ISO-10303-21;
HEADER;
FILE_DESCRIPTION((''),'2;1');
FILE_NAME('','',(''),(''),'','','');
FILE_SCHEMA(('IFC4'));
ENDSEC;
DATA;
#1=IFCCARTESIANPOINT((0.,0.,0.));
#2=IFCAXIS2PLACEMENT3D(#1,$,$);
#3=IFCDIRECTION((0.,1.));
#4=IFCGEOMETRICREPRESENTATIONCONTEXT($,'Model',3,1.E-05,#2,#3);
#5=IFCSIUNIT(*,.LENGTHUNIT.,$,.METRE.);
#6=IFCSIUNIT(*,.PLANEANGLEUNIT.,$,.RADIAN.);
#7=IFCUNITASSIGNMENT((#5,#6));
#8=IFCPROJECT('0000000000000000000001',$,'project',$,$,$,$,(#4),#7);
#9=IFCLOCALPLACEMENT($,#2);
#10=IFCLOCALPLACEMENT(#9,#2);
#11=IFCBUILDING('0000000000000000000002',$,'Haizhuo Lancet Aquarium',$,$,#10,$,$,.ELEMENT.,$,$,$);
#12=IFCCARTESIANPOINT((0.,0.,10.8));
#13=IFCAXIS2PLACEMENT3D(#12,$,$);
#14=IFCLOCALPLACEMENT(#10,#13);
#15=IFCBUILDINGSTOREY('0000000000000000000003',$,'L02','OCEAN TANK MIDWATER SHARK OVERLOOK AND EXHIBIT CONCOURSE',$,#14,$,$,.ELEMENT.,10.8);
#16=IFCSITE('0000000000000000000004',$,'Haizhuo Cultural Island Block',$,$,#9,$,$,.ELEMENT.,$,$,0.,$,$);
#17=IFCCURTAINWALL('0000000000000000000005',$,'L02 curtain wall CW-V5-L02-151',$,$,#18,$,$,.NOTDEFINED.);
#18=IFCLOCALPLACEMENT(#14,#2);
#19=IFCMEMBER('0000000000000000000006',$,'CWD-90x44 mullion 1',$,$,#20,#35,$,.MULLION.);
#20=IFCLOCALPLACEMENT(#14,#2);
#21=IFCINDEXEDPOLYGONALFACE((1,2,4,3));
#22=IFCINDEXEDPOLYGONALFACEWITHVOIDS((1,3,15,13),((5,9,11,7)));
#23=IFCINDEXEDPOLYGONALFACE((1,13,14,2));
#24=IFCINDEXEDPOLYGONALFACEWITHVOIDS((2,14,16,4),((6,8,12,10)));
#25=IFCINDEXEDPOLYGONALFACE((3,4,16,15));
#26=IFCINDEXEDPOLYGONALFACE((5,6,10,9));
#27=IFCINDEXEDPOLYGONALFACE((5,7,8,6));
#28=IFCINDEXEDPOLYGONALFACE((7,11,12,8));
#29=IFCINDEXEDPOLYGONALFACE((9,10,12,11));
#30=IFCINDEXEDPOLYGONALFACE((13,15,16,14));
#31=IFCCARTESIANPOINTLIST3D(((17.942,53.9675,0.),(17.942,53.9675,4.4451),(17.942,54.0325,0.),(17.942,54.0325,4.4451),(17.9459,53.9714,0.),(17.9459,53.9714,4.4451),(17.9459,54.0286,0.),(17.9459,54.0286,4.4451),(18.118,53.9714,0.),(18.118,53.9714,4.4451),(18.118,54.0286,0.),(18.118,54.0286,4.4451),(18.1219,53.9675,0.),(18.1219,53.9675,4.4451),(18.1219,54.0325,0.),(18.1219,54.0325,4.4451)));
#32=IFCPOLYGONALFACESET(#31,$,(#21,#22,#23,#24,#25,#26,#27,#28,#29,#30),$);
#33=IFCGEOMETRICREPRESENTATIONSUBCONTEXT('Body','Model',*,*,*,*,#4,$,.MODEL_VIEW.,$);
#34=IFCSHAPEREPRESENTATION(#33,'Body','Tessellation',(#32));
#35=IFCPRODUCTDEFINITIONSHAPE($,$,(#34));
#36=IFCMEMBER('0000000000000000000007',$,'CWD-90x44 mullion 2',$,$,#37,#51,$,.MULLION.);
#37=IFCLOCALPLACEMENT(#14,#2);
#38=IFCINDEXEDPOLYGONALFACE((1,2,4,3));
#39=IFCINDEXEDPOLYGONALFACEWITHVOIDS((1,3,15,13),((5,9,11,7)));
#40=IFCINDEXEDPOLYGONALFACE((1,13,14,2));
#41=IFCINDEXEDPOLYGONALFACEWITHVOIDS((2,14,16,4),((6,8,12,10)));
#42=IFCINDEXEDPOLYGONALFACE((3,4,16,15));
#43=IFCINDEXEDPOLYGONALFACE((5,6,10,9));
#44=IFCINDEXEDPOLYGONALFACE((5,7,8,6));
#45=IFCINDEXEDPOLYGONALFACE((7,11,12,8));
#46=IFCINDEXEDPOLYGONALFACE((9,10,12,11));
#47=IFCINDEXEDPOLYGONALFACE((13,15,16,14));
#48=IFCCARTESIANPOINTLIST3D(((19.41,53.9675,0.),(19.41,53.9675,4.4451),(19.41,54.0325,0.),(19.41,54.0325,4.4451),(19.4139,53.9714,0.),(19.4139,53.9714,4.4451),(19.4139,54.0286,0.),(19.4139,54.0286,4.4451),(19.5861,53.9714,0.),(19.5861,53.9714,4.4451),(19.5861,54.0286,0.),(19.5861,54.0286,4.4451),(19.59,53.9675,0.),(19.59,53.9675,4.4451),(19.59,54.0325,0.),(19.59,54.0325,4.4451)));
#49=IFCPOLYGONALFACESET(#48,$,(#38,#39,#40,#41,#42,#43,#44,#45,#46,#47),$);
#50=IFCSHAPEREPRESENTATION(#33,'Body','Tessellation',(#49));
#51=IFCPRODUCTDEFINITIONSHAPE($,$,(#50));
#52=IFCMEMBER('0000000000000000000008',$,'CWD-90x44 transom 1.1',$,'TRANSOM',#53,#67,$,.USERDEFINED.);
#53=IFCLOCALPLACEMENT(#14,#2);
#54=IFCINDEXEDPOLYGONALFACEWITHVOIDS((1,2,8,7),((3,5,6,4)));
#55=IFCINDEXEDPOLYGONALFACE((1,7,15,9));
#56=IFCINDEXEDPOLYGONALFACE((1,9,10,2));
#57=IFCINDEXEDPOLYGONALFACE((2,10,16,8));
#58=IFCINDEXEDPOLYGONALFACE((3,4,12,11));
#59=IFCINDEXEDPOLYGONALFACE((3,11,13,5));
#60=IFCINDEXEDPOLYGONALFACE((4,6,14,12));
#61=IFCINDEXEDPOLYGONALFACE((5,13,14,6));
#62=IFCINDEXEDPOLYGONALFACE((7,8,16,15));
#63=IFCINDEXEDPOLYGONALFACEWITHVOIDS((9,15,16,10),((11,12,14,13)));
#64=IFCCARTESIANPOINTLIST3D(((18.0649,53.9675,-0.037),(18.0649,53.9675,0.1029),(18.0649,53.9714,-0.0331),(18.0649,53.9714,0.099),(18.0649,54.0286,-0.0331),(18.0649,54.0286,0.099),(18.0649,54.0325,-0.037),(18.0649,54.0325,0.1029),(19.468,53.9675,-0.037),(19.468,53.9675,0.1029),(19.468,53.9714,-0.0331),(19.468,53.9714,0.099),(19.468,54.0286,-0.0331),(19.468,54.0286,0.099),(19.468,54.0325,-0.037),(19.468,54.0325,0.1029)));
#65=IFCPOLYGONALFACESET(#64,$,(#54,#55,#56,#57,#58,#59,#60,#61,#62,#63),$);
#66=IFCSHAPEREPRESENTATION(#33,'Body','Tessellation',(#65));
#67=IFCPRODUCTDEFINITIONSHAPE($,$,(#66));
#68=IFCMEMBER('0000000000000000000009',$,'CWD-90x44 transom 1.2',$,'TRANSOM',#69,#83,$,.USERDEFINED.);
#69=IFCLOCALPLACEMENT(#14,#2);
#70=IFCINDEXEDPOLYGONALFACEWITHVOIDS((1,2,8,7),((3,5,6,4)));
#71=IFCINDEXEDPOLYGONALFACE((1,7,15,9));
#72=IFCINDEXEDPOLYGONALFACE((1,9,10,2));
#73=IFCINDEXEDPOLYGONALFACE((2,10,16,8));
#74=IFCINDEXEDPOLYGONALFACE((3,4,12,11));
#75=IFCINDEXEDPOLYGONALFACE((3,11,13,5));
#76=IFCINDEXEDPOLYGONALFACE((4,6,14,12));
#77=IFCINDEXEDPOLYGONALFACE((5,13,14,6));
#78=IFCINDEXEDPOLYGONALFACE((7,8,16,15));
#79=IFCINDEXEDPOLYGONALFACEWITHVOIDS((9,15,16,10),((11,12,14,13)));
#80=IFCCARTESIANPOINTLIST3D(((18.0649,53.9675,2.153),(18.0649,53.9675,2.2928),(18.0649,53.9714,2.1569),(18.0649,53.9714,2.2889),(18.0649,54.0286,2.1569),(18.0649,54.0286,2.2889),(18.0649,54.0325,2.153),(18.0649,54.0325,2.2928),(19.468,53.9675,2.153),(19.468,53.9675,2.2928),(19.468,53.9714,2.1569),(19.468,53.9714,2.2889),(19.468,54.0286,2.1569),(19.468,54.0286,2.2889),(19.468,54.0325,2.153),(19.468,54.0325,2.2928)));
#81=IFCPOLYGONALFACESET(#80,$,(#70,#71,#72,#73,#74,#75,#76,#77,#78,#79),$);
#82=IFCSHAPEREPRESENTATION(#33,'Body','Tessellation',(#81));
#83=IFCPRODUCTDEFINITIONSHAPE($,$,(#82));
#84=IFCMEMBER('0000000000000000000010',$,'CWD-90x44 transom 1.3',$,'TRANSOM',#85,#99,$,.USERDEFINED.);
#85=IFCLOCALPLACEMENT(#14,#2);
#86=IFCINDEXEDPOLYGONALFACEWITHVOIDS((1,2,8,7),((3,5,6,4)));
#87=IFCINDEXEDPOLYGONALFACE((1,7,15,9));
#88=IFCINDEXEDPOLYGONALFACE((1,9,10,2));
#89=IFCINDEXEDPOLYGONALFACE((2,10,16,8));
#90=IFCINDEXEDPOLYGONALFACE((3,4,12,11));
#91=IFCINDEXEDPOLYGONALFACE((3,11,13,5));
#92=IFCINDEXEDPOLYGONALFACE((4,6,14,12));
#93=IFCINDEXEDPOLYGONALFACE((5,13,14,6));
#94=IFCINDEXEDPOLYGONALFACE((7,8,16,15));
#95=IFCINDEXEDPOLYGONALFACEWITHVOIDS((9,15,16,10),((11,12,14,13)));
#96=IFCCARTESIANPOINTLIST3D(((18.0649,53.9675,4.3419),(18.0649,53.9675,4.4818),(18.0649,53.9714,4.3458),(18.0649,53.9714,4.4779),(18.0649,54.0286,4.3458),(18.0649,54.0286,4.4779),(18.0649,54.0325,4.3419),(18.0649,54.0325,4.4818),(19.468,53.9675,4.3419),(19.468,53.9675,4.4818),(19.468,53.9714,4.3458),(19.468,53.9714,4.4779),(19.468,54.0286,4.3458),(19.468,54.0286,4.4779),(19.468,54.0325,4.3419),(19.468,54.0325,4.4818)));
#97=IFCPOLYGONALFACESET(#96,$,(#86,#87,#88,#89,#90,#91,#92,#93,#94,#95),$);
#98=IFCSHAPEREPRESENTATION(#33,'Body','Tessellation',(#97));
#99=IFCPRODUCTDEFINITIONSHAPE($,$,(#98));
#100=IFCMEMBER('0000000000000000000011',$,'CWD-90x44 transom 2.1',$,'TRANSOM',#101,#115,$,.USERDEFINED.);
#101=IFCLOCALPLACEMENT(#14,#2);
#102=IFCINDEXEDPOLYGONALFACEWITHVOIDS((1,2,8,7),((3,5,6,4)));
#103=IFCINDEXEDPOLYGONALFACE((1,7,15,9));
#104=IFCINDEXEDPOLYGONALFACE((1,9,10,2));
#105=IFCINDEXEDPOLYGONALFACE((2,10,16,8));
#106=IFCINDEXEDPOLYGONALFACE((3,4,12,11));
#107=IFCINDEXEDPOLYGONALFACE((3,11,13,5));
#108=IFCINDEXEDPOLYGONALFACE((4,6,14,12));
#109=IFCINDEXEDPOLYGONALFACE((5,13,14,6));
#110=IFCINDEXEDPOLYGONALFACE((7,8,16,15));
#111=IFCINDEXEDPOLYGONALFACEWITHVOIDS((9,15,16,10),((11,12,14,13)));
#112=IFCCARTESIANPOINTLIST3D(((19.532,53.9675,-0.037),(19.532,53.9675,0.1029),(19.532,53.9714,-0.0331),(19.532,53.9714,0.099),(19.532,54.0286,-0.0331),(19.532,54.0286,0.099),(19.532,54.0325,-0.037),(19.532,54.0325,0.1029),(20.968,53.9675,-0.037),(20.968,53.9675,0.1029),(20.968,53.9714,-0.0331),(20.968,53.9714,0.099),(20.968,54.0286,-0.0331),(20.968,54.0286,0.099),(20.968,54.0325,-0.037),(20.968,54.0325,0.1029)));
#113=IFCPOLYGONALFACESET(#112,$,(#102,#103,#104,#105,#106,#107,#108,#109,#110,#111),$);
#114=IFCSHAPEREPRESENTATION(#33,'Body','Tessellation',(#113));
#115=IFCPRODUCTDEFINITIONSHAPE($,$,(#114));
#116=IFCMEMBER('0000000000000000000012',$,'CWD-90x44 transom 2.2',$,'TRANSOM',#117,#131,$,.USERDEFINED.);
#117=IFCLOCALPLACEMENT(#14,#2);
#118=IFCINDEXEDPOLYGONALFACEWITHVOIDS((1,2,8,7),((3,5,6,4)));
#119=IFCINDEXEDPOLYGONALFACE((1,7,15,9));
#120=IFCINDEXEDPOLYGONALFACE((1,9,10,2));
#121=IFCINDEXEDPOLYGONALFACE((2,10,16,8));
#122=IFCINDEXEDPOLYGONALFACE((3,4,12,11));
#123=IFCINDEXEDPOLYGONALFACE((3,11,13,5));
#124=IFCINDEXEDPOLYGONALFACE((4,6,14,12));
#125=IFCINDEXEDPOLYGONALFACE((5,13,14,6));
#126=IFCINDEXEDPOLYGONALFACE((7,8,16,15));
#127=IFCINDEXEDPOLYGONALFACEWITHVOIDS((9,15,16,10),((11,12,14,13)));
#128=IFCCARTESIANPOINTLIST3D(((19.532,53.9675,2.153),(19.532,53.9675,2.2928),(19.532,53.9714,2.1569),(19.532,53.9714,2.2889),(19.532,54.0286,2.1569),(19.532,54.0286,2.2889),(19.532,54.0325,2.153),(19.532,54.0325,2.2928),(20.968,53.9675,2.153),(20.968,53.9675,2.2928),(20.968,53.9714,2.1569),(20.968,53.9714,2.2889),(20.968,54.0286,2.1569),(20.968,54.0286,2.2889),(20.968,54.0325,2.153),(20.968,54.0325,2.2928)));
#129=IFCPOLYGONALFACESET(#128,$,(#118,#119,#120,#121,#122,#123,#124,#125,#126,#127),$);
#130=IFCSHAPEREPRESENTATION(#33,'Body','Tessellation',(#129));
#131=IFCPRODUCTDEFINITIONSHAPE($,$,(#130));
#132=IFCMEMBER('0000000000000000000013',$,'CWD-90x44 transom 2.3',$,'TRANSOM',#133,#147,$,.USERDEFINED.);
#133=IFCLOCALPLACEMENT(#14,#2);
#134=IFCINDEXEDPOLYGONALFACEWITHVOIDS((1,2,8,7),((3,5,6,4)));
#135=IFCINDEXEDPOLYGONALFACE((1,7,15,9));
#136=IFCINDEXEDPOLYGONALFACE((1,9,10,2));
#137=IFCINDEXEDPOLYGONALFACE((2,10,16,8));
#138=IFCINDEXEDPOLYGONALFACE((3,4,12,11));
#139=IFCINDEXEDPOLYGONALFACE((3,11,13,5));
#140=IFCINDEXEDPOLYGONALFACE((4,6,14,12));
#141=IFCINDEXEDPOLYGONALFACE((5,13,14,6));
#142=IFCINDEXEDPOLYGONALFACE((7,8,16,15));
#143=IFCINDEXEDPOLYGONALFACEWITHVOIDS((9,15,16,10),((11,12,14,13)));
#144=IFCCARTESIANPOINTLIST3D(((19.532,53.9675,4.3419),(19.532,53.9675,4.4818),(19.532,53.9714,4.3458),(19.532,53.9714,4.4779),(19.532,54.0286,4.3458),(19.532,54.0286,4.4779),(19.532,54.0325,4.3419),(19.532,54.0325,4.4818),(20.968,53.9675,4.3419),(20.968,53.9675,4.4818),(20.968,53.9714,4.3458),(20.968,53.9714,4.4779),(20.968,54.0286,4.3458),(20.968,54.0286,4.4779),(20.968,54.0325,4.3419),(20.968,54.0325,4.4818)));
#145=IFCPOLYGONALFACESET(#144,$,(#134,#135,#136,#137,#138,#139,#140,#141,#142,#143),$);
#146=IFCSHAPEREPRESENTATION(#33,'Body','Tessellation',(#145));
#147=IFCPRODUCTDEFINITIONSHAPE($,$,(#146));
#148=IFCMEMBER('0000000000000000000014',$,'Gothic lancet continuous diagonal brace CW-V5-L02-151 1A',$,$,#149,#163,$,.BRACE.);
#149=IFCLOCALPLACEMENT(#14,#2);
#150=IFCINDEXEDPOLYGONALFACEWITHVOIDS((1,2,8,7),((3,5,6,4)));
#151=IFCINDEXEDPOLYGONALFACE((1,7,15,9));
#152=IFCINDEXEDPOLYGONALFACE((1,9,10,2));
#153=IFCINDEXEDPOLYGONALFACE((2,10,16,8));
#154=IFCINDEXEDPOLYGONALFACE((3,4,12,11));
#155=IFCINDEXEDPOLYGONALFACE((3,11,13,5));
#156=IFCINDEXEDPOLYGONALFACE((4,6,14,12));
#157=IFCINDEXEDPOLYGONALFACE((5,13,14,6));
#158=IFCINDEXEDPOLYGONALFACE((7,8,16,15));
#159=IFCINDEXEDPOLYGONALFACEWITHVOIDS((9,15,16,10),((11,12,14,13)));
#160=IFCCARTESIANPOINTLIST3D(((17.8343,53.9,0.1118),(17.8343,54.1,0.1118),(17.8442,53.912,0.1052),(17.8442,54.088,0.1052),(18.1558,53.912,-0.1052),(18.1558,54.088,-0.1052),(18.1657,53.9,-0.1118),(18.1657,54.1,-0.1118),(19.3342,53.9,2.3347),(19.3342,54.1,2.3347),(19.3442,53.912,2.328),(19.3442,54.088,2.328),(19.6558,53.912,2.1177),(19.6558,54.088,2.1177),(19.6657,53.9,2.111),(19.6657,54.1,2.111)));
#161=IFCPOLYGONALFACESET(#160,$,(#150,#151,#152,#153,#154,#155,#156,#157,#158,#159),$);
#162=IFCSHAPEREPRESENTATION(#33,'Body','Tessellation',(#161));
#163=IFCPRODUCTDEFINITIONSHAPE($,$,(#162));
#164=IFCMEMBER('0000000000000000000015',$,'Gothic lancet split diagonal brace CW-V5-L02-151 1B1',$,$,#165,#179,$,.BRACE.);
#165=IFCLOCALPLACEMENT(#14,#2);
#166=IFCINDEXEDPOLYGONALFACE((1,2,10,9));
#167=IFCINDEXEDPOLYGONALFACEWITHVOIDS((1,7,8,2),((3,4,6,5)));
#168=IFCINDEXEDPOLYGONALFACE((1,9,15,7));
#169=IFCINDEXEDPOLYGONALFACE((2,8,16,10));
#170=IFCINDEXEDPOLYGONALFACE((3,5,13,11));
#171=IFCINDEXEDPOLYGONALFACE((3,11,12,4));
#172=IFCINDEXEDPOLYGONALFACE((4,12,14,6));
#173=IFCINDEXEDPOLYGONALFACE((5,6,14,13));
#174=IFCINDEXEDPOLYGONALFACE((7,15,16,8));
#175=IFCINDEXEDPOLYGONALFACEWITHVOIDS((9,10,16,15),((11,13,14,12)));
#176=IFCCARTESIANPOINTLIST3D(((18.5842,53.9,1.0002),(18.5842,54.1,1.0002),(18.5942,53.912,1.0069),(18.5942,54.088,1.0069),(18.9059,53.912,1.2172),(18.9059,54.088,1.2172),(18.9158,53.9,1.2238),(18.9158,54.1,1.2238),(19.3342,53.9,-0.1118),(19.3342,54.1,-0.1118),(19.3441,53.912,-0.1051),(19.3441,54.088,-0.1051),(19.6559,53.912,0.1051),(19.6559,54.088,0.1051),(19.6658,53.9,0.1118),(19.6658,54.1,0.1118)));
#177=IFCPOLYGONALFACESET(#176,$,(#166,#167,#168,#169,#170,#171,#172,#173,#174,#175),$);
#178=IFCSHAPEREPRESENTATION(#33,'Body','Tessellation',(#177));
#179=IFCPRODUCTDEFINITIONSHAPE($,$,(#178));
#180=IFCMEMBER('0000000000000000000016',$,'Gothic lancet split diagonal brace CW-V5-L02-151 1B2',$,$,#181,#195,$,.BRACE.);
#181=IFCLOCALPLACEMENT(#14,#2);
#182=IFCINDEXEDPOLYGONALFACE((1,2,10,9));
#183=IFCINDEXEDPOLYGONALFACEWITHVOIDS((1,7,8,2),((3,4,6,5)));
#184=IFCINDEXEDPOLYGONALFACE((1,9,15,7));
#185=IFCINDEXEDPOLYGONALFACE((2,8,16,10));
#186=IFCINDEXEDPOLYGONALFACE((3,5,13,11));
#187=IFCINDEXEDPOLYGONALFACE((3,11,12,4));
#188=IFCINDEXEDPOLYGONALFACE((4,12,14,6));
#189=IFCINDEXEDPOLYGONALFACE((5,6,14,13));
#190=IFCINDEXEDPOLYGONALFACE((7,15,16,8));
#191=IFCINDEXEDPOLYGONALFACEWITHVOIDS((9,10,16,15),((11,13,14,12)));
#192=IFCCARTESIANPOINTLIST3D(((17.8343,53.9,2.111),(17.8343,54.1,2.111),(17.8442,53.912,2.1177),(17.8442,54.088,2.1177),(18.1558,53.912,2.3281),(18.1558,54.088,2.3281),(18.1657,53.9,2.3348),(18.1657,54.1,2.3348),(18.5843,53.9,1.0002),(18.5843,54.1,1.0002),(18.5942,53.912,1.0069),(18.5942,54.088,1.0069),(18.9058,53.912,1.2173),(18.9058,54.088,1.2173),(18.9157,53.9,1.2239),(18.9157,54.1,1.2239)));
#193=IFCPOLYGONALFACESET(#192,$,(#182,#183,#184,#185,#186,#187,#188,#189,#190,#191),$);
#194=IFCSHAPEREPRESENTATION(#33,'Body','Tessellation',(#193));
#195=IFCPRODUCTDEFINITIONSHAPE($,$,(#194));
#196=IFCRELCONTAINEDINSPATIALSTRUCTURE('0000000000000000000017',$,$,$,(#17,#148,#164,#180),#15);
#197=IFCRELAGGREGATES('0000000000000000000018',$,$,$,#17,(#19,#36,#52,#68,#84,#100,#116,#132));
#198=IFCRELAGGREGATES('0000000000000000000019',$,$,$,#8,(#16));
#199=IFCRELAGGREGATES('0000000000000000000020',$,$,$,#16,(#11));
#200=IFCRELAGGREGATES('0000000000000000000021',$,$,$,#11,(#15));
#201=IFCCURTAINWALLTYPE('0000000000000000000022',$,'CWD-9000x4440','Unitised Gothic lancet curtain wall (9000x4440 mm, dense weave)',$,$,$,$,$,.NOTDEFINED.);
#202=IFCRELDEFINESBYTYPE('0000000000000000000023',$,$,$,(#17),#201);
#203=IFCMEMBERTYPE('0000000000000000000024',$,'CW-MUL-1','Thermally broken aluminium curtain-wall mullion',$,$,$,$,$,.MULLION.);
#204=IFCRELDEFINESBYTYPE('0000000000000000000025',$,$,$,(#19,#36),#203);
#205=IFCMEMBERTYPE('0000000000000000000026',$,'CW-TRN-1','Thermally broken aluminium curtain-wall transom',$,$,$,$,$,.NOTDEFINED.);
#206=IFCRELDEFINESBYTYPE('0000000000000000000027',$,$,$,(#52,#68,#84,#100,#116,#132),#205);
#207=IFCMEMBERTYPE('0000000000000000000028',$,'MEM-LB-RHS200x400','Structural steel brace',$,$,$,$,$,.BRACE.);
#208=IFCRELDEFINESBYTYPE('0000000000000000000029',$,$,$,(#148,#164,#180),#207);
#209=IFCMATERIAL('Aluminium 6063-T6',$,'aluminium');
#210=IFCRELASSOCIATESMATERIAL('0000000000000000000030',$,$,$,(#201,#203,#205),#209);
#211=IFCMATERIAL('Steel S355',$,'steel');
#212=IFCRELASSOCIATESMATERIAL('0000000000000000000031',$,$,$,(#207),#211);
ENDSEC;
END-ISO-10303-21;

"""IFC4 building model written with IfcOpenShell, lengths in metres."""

from ifc_helpers import new_model, si_unit, direction, frame, origin, origin_2d, place, context, subcontext, project, spatial, hollow_rectangle, extrude, material, material_profile, profile_set, type_object, element, aggregate, save


model = new_model("IFC4")

# Units and contexts
model_context = context("Model", 3, precision=1e-05, world=origin(), true_north=direction((0.0, 1.0)))
body_context = subcontext(model_context, "Body", "Model", "MODEL_VIEW")
ifc_project = project(units=[si_unit("LENGTHUNIT", "METRE"), si_unit("PLANEANGLEUNIT", "RADIAN")], contexts=[model_context])

# Site, building, storey
site_placement = place(None, origin())
site = spatial("IfcSite", under=ifc_project, at=site_placement, Name="Haizhuo Cultural Island Block", CompositionType="ELEMENT", RefElevation=0.0)
building_placement = place(site_placement, origin())
building = spatial("IfcBuilding", under=site, at=building_placement, Name="Haizhuo Lancet Aquarium", CompositionType="ELEMENT")
storey_placement = place(building_placement, frame((0.0, 0.0, 10.8)))
storey = spatial("IfcBuildingStorey", under=building, at=storey_placement, Name="L02", Description="OCEAN TANK MIDWATER SHARK OVERLOOK AND EXHIBIT CONCOURSE", CompositionType="ELEMENT", Elevation=10.8)

# Curtain wall, members
ifc_material_1 = material(Name="Aluminium 6063-T6", Category="aluminium")
curtain_wall_type = type_object("IfcCurtainWallType", Name="CWD-9000x4440", Description="Unitised Gothic lancet curtain wall (9000x4440 mm, dense weave)", PredefinedType="NOTDEFINED", material=ifc_material_1)
curtain_wall_placement = place(storey_placement, origin())
curtain_wall = element("IfcCurtainWall", 1, at=curtain_wall_placement, inside=storey, type_object=curtain_wall_type, Name="L02 curtain wall CW-V5-L02-151", PredefinedType="NOTDEFINED")
ifc_material_profile_1 = material_profile(ifc_material_1, hollow_rectangle(XDim=0.0649, YDim=0.1799, WallThickness=0.0039, at=origin_2d()), Name="ALU-M 65x180x4")
ifc_profile_set_1 = profile_set([ifc_material_profile_1], Name="Aluminium 6063-T6")
member_type_1 = type_object("IfcMemberType", Name="CW-MUL-1", Description="Thermally broken aluminium curtain-wall mullion", PredefinedType="MULLION", material=ifc_profile_set_1)
member_1_placement = place(storey_placement, frame((18.032, 54.0, 0.0), z_axis=(0.0, 0.0, 1.0), x_axis=(0.0, 1.0, 0.0)))
member_1 = element("IfcMember", 2, at=member_1_placement, type_object=member_type_1, Name="CWD-90x44 mullion 1", PredefinedType="MULLION", context=body_context, shape_type="SweptSolid", body=[
    extrude(hollow_rectangle(XDim=0.0649, YDim=0.1799, WallThickness=0.0039, at=origin_2d()), origin(), (0.0, 0.0, 1.0), 4.4451),
])
member_2_placement = place(storey_placement, frame((19.5, 54.0, 0.0), z_axis=(0.0, 0.0, 1.0), x_axis=(0.0, 1.0, 0.0)))
member_2 = element("IfcMember", 3, at=member_2_placement, type_object=member_type_1, Name="CWD-90x44 mullion 2", PredefinedType="MULLION", context=body_context, shape_type="SweptSolid", body=[
    extrude(hollow_rectangle(XDim=0.0649, YDim=0.1799, WallThickness=0.0039, at=origin_2d()), origin(), (0.0, 0.0, 1.0), 4.4451),
])
ifc_material_profile_2 = material_profile(ifc_material_1, hollow_rectangle(XDim=0.0649, YDim=0.1399, WallThickness=0.0039, at=origin_2d()), Name="ALU-T 65x140x4")
ifc_profile_set_2 = profile_set([ifc_material_profile_2], Name="Aluminium 6063-T6")
member_type_2 = type_object("IfcMemberType", Name="CW-TRN-1", Description="Thermally broken aluminium curtain-wall transom", PredefinedType="NOTDEFINED", material=ifc_profile_set_2)
member_3_placement = place(storey_placement, frame((18.0649, 54.0, 0.033), z_axis=(1.0, 0.0, 0.0), x_axis=(0.0, 1.0, 0.0)))
member_3 = element("IfcMember", 4, at=member_3_placement, type_object=member_type_2, Name="CWD-90x44 transom 1.1", ObjectType="TRANSOM", PredefinedType="USERDEFINED", context=body_context, shape_type="SweptSolid", body=[
    extrude(hollow_rectangle(XDim=0.0649, YDim=0.1399, WallThickness=0.0039, at=origin_2d()), origin(), (0.0, 0.0, 1.0), 1.4031),
])
member_4_placement = place(storey_placement, frame((18.0649, 54.0, 2.2229), z_axis=(1.0, 0.0, 0.0), x_axis=(0.0, 1.0, 0.0)))
member_4 = element("IfcMember", 5, at=member_4_placement, type_object=member_type_2, Name="CWD-90x44 transom 1.2", ObjectType="TRANSOM", PredefinedType="USERDEFINED", context=body_context, shape_type="SweptSolid", body=[
    extrude(hollow_rectangle(XDim=0.0649, YDim=0.1399, WallThickness=0.0039, at=origin_2d()), origin(), (0.0, 0.0, 1.0), 1.4031),
])
member_5_placement = place(storey_placement, frame((18.0649, 54.0, 4.4119), z_axis=(1.0, 0.0, 0.0), x_axis=(0.0, 1.0, 0.0)))
member_5 = element("IfcMember", 6, at=member_5_placement, type_object=member_type_2, Name="CWD-90x44 transom 1.3", ObjectType="TRANSOM", PredefinedType="USERDEFINED", context=body_context, shape_type="SweptSolid", body=[
    extrude(hollow_rectangle(XDim=0.0649, YDim=0.1399, WallThickness=0.0039, at=origin_2d()), origin(), (0.0, 0.0, 1.0), 1.4031),
])
member_6_placement = place(storey_placement, frame((19.532, 54.0, 0.033), z_axis=(1.0, 0.0, 0.0), x_axis=(0.0, 1.0, 0.0)))
member_6 = element("IfcMember", 7, at=member_6_placement, type_object=member_type_2, Name="CWD-90x44 transom 2.1", ObjectType="TRANSOM", PredefinedType="USERDEFINED", context=body_context, shape_type="SweptSolid", body=[
    extrude(hollow_rectangle(XDim=0.0649, YDim=0.1399, WallThickness=0.0039, at=origin_2d()), origin(), (0.0, 0.0, 1.0), 1.436),
])
member_7_placement = place(storey_placement, frame((19.532, 54.0, 2.2229), z_axis=(1.0, 0.0, 0.0), x_axis=(0.0, 1.0, 0.0)))
member_7 = element("IfcMember", 8, at=member_7_placement, type_object=member_type_2, Name="CWD-90x44 transom 2.2", ObjectType="TRANSOM", PredefinedType="USERDEFINED", context=body_context, shape_type="SweptSolid", body=[
    extrude(hollow_rectangle(XDim=0.0649, YDim=0.1399, WallThickness=0.0039, at=origin_2d()), origin(), (0.0, 0.0, 1.0), 1.436),
])
member_8_placement = place(storey_placement, frame((19.532, 54.0, 4.4119), z_axis=(1.0, 0.0, 0.0), x_axis=(0.0, 1.0, 0.0)))
member_8 = element("IfcMember", 9, at=member_8_placement, type_object=member_type_2, Name="CWD-90x44 transom 2.3", ObjectType="TRANSOM", PredefinedType="USERDEFINED", context=body_context, shape_type="SweptSolid", body=[
    extrude(hollow_rectangle(XDim=0.0649, YDim=0.1399, WallThickness=0.0039, at=origin_2d()), origin(), (0.0, 0.0, 1.0), 1.436),
])

# Members
ifc_material_2 = material(Name="Steel S355", Category="steel")
ifc_material_profile_3 = material_profile(ifc_material_2, hollow_rectangle(XDim=0.2, YDim=0.3999, WallThickness=0.012, at=origin_2d()), Name="RHS 200x400x12")
ifc_profile_set_3 = profile_set([ifc_material_profile_3], Name="Steel S355")
member_type_3 = type_object("IfcMemberType", Name="MEM-LB-RHS200x400", Description="Structural steel brace", PredefinedType="BRACE", material=ifc_profile_set_3)
member_9_placement = place(storey_placement, frame((18.0, 54.0, 0.0), z_axis=(0.559356, 0.0, 0.828928), x_axis=(0.0, 1.0, 0.0)))
element("IfcMember", 10, at=member_9_placement, inside=storey, type_object=member_type_3, Name="Gothic lancet continuous diagonal brace CW-V5-L02-151 1A", PredefinedType="BRACE", context=body_context, shape_type="SweptSolid", body=[
    extrude(hollow_rectangle(XDim=0.2, YDim=0.3999, WallThickness=0.012, at=origin_2d()), origin(), (0.0, 0.0, 1.0), 2.6816),
])
member_10_placement = place(storey_placement, frame((19.5, 54.0, 0.0), z_axis=(-0.559145, 0.0, 0.82907), x_axis=(0.0, -1.0, 0.0)))
element("IfcMember", 11, at=member_10_placement, inside=storey, type_object=member_type_3, Name="Gothic lancet split diagonal brace CW-V5-L02-151 1B1", PredefinedType="BRACE", context=body_context, shape_type="SweptSolid", body=[
    extrude(hollow_rectangle(XDim=0.2, YDim=0.3999, WallThickness=0.012, at=origin_2d()), origin(), (0.0, 0.0, 1.0), 1.3413),
])
member_11_placement = place(storey_placement, frame((18.75, 54.0, 1.1121), z_axis=(-0.559567, 0.0, 0.828785), x_axis=(0.0, -1.0, 0.0)))
element("IfcMember", 12, at=member_11_placement, inside=storey, type_object=member_type_3, Name="Gothic lancet split diagonal brace CW-V5-L02-151 1B2", PredefinedType="BRACE", context=body_context, shape_type="SweptSolid", body=[
    extrude(hollow_rectangle(XDim=0.2, YDim=0.3999, WallThickness=0.012, at=origin_2d()), origin(), (0.0, 0.0, 1.0), 1.3403),
])

aggregate(curtain_wall, [member_1, member_2, member_3, member_4, member_5, member_6, member_7, member_8])

save(model, "model.ifc")
